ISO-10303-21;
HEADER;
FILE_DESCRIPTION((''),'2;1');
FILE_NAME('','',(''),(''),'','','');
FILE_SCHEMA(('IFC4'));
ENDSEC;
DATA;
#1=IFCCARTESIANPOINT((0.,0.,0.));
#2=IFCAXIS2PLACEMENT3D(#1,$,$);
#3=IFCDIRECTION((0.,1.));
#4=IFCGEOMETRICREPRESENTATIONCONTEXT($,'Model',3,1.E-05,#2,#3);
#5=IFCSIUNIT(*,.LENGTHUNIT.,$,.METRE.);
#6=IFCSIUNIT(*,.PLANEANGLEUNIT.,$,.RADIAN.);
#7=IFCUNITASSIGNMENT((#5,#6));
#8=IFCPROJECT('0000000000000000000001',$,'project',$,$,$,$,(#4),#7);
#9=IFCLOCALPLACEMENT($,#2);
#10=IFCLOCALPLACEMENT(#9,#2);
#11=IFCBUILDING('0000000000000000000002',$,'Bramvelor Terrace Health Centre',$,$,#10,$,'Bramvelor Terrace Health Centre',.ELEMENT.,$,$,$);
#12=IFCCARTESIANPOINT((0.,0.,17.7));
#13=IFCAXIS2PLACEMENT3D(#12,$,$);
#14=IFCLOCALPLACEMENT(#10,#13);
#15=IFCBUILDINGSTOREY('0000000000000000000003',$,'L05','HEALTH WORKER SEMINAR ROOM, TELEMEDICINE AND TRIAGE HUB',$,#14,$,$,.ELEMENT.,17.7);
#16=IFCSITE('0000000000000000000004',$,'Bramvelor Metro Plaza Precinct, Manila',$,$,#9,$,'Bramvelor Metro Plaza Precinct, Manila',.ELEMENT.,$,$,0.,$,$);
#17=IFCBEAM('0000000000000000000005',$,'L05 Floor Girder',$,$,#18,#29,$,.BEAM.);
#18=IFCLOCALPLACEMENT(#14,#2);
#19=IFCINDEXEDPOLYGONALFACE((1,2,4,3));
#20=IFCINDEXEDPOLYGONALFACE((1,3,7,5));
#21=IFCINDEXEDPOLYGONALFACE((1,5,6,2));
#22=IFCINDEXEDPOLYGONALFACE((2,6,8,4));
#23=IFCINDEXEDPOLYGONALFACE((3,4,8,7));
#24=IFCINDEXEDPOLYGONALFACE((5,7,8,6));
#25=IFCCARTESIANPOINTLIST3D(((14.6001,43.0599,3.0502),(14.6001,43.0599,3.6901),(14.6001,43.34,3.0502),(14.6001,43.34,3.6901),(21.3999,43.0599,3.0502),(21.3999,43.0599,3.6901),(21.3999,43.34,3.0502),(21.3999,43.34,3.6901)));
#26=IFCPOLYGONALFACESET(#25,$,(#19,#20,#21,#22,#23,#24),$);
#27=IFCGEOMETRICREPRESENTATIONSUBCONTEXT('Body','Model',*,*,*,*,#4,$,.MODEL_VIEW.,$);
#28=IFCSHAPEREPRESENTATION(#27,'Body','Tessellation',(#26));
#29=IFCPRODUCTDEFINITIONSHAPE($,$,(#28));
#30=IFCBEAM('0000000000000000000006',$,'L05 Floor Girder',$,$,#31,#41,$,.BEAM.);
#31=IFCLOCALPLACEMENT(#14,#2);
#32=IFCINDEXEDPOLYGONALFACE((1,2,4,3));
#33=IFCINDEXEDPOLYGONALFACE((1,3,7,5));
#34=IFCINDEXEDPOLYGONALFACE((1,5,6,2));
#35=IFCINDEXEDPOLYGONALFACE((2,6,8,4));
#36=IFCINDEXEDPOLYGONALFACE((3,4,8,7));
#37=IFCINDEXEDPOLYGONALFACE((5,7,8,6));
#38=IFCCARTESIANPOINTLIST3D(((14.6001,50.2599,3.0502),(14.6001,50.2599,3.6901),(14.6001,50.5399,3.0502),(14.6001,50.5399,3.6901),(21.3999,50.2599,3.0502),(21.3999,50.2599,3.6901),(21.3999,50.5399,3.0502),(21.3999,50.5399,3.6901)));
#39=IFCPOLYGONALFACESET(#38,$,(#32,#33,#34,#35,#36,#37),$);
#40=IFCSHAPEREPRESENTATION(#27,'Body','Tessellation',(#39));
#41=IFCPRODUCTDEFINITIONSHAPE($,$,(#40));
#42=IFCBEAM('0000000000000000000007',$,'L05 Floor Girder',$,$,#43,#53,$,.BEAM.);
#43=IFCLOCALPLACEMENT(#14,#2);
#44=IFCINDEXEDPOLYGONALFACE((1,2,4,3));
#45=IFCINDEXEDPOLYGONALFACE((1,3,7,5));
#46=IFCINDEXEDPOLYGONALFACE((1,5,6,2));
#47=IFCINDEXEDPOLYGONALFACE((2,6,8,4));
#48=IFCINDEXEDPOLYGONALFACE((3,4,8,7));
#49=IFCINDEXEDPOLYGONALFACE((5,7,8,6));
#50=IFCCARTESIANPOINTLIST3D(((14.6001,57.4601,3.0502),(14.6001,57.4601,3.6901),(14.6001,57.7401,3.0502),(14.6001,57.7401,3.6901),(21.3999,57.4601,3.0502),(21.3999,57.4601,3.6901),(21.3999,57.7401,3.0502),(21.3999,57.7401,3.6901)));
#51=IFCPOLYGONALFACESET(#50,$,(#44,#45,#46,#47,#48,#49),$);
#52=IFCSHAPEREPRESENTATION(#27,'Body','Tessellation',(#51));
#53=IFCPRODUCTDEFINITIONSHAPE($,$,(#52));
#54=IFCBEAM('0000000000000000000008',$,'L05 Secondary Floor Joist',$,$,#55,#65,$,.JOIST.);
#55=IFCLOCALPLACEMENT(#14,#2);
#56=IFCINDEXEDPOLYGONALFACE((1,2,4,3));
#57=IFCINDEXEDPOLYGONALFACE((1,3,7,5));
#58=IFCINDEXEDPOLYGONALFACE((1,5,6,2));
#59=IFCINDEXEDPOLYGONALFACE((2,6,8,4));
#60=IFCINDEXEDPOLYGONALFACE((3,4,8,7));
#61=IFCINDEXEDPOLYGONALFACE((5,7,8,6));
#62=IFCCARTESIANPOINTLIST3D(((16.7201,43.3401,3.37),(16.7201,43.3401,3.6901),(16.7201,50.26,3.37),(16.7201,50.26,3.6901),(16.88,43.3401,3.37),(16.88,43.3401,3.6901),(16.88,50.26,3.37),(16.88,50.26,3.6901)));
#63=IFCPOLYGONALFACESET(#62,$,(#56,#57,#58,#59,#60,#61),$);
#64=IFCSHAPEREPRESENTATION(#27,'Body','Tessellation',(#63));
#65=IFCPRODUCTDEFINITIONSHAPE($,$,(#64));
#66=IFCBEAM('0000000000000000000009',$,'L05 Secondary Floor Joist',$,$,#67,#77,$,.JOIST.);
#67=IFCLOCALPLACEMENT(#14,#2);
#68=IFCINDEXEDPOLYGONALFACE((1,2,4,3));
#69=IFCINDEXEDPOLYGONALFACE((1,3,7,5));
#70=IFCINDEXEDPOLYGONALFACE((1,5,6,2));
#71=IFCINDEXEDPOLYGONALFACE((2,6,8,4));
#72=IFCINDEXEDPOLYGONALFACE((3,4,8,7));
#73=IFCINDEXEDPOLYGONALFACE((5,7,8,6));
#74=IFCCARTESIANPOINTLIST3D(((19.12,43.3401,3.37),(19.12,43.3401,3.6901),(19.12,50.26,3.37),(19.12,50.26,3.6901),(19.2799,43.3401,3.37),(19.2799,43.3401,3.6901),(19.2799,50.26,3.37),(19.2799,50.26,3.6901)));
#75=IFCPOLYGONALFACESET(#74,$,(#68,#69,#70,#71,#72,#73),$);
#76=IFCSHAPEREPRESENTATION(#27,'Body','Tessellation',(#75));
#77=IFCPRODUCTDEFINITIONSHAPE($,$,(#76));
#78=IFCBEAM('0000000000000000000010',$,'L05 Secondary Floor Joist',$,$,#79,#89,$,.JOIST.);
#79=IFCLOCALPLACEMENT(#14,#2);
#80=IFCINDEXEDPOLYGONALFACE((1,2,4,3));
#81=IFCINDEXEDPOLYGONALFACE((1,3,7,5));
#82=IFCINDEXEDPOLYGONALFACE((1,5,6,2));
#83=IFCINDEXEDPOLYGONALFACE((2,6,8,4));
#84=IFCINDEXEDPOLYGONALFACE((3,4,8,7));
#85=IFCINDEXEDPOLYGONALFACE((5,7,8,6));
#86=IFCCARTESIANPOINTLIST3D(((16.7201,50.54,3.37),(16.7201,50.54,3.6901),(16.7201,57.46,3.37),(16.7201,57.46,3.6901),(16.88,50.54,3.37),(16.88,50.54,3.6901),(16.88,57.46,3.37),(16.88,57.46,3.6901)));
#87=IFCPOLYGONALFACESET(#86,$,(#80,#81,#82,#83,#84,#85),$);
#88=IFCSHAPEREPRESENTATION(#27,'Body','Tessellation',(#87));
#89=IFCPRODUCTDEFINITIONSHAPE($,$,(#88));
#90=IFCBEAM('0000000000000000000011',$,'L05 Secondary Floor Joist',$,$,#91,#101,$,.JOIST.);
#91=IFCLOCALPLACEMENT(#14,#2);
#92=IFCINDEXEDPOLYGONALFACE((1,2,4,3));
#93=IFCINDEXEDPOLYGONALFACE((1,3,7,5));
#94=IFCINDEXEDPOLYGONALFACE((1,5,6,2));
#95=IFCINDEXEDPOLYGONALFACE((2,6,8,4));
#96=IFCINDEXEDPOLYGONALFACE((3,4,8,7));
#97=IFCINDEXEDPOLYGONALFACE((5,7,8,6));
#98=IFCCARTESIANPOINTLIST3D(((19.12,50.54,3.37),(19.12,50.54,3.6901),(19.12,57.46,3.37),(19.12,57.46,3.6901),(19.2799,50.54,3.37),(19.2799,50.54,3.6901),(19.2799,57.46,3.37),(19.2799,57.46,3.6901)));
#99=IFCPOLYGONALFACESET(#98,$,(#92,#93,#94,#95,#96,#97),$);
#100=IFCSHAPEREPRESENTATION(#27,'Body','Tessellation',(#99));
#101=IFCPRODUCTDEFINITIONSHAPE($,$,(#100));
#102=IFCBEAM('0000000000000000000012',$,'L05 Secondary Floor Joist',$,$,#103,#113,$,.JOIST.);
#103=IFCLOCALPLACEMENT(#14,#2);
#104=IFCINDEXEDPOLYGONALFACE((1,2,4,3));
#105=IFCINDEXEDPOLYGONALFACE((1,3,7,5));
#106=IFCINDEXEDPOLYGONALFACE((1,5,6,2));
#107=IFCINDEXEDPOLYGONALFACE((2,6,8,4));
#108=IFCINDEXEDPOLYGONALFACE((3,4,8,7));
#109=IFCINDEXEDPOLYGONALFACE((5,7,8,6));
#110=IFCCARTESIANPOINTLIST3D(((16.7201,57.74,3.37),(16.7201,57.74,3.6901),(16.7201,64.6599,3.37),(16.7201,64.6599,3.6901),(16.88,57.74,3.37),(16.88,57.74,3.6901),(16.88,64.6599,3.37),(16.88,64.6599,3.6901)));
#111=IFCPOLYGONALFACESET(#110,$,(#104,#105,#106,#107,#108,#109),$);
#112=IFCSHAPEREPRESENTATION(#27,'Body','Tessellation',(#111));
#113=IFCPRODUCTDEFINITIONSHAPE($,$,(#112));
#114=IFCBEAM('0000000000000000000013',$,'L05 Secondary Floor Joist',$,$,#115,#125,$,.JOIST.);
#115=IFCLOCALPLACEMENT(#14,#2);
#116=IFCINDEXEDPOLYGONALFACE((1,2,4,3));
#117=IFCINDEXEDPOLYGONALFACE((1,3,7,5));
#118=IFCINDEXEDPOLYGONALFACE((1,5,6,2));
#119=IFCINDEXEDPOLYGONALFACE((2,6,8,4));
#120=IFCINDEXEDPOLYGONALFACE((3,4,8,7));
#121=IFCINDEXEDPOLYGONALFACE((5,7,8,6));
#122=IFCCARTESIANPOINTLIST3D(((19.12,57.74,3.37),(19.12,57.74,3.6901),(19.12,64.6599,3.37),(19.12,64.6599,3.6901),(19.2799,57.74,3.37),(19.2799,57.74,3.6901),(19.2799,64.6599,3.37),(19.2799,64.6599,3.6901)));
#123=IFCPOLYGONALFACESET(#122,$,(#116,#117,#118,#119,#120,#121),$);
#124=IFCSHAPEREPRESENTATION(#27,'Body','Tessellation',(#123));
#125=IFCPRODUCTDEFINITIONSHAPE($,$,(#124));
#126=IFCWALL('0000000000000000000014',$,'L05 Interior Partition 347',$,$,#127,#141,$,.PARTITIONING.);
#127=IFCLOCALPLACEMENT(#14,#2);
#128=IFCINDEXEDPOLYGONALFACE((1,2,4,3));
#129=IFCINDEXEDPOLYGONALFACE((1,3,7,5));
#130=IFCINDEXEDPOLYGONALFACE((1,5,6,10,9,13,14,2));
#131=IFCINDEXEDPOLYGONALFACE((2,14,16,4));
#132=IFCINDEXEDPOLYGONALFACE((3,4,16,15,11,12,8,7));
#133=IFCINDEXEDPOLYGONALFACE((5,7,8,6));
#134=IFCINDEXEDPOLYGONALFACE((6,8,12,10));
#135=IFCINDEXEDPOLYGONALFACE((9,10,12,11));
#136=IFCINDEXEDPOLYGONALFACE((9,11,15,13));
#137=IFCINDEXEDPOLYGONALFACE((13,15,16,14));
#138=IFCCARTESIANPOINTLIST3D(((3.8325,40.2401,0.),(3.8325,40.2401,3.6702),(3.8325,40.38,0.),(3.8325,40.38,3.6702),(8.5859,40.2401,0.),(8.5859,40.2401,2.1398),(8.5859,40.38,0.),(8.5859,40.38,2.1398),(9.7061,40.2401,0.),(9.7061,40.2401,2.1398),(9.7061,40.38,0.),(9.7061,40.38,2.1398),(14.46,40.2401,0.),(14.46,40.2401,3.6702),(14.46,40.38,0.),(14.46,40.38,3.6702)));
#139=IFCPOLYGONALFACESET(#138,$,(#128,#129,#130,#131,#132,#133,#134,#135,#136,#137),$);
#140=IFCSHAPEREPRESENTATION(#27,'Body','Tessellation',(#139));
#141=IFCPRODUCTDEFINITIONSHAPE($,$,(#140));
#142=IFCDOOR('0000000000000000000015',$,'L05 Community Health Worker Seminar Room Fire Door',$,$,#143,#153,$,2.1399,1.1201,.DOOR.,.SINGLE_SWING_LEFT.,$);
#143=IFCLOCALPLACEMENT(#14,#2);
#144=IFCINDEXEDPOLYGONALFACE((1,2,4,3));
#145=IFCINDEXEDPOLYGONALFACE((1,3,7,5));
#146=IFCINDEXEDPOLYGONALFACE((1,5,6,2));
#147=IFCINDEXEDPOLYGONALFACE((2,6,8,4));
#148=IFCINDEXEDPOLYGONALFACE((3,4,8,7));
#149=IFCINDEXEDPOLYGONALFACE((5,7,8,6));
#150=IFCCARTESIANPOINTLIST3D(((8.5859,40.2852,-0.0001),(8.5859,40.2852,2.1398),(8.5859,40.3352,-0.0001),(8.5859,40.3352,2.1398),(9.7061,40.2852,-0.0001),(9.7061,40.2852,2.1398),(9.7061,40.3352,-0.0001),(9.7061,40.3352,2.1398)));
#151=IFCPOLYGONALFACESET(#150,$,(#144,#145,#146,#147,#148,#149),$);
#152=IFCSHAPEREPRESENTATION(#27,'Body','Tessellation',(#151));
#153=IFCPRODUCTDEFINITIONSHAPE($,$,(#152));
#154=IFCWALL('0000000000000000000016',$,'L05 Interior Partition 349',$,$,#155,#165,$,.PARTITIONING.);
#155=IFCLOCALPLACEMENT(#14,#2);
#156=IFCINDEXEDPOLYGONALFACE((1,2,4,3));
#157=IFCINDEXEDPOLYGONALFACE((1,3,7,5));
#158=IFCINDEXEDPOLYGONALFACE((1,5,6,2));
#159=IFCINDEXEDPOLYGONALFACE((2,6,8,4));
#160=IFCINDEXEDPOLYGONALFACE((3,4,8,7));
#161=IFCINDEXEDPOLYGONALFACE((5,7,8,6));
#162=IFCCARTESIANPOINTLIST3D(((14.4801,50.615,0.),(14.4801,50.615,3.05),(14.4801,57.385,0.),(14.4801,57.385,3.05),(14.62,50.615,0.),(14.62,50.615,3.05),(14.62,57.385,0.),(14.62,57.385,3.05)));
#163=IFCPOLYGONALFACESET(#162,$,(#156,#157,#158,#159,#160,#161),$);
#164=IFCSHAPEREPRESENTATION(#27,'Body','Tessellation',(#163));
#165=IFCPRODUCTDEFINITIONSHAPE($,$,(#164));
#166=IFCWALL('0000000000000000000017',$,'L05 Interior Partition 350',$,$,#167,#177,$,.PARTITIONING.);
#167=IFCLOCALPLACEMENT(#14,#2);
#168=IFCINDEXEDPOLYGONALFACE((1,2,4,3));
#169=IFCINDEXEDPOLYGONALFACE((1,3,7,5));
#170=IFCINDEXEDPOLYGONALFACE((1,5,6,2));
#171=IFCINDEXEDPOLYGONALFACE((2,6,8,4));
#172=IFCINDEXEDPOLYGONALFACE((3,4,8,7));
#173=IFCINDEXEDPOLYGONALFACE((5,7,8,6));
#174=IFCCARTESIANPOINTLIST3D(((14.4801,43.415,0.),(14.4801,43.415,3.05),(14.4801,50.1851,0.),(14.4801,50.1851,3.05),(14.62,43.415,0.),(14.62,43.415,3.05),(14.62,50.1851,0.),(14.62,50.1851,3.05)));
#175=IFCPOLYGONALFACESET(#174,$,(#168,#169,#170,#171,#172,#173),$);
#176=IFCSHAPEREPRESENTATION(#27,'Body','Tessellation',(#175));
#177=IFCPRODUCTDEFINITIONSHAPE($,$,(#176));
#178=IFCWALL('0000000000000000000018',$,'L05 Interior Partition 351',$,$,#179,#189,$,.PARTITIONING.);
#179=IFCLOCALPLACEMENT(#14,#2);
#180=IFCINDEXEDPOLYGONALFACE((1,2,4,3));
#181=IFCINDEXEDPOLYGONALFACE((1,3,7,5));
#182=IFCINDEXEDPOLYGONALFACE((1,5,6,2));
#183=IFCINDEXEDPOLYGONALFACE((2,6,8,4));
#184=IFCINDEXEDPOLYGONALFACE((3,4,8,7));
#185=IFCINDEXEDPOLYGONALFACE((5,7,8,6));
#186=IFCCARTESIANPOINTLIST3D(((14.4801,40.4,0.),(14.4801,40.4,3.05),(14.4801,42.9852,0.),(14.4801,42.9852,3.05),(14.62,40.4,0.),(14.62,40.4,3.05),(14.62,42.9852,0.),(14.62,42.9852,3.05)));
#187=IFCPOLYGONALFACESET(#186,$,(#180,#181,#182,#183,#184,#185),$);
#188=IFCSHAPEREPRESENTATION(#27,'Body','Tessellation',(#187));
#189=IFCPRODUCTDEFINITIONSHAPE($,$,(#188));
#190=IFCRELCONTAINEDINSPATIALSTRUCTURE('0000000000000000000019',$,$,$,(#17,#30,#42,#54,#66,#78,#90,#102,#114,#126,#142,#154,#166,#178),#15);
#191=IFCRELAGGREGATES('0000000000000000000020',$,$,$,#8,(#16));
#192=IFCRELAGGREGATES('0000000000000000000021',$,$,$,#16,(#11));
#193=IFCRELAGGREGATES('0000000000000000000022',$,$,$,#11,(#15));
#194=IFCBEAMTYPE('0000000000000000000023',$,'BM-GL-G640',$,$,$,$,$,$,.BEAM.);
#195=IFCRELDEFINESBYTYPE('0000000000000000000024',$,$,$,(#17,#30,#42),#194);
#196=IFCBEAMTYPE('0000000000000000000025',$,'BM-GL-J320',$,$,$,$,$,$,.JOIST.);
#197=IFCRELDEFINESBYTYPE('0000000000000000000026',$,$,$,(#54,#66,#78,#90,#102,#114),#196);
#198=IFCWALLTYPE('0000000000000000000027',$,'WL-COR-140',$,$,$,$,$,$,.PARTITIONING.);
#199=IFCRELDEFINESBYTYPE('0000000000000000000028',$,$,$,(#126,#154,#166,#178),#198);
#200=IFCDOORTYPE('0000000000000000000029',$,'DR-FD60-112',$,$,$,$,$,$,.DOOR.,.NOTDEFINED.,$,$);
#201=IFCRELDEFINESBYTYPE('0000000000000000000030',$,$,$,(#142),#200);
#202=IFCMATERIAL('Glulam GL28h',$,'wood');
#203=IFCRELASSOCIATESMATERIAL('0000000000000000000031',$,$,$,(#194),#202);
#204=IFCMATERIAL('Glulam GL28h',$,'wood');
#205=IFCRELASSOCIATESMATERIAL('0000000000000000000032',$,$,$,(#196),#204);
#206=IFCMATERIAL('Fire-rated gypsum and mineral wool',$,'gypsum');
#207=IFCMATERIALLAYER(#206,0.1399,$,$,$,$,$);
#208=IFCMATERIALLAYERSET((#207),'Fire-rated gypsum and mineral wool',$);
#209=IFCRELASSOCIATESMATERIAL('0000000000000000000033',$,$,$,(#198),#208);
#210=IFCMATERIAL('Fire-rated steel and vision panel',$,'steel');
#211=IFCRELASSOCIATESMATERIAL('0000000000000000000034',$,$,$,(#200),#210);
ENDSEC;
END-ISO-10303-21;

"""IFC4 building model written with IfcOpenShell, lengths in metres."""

from ifc_helpers import new_model, si_unit, direction, frame, frame_2d, origin, origin_2d, place, context, subcontext, project, spatial, rectangle, extrude, material, layer, layer_set, material_profile, profile_set, type_object, element, fill, save


model = new_model("IFC4")

# Units and contexts
model_context = context("Model", 3, precision=1e-05, world=origin(), true_north=direction((0.0, 1.0)))
body_context = subcontext(model_context, "Body", "Model", "MODEL_VIEW")
ifc_project = project(units=[si_unit("LENGTHUNIT", "METRE"), si_unit("PLANEANGLEUNIT", "RADIAN")], contexts=[model_context])

# Site, building, storey
site_placement = place(None, origin())
site = spatial("IfcSite", under=ifc_project, at=site_placement, Name="Bramvelor Metro Plaza Precinct, Manila", LongName="Bramvelor Metro Plaza Precinct, Manila", CompositionType="ELEMENT", RefElevation=0.0)
building_placement = place(site_placement, origin())
building = spatial("IfcBuilding", under=site, at=building_placement, Name="Bramvelor Terrace Health Centre", LongName="Bramvelor Terrace Health Centre", CompositionType="ELEMENT")
storey_placement = place(building_placement, frame((0.0, 0.0, 17.7)))
storey = spatial("IfcBuildingStorey", under=building, at=storey_placement, Name="L05", Description="HEALTH WORKER SEMINAR ROOM, TELEMEDICINE AND TRIAGE HUB", CompositionType="ELEMENT", Elevation=17.7)

# Beams
ifc_material_1 = material(Name="Glulam GL28h", Category="wood")
ifc_material_profile_1 = material_profile(ifc_material_1, rectangle(XDim=0.28, YDim=0.6399, at=origin_2d()), Name="GL 280x640")
ifc_profile_set_1 = profile_set([ifc_material_profile_1], Name="Glulam GL28h")
beam_type_1 = type_object("IfcBeamType", Name="BM-GL-G640", PredefinedType="BEAM", material=ifc_profile_set_1)
for number, where, z_axis, x_axis, name in (
    (1, (14.6001, 43.2, 3.3701), (1.0, 0.0, 0.0), (0.0, 1.0, 0.0), "L05 Floor Girder"),
    (2, (14.6001, 50.3999, 3.3701), (1.0, 0.0, 0.0), (0.0, 1.0, 0.0), "L05 Floor Girder"),
    (3, (14.6001, 57.6001, 3.3701), (1.0, 0.0, 0.0), (0.0, 1.0, 0.0), "L05 Floor Girder"),
):
    element("IfcBeam", number, at=place(storey_placement, frame(where, z_axis=z_axis, x_axis=x_axis)), inside=storey, type_object=beam_type_1, Name=name, PredefinedType="BEAM", context=body_context, shape_type="SweptSolid", body=[
        extrude(rectangle(XDim=0.28, YDim=0.6399, at=origin_2d()), origin(), (0.0, 0.0, 1.0), 6.7998),
    ])
ifc_material_2 = material(Name="Glulam GL28h", Category="wood")
ifc_material_profile_2 = material_profile(ifc_material_2, rectangle(XDim=0.1599, YDim=0.3201, at=origin_2d()), Name="GL 160x320")
ifc_profile_set_2 = profile_set([ifc_material_profile_2], Name="Glulam GL28h")
beam_type_2 = type_object("IfcBeamType", Name="BM-GL-J320", PredefinedType="JOIST", material=ifc_profile_set_2)
for number, where, z_axis, x_axis, name in (
    (4, (16.8, 43.3401, 3.53), (0.0, 1.0, 0.0), (-1.0, 0.0, 0.0), "L05 Secondary Floor Joist"),
    (5, (19.2, 43.3401, 3.53), (0.0, 1.0, 0.0), (-1.0, 0.0, 0.0), "L05 Secondary Floor Joist"),
    (6, (16.8, 50.54, 3.53), (0.0, 1.0, 0.0), (-1.0, 0.0, 0.0), "L05 Secondary Floor Joist"),
    (7, (19.2, 50.54, 3.53), (0.0, 1.0, 0.0), (-1.0, 0.0, 0.0), "L05 Secondary Floor Joist"),
    (8, (16.8, 57.74, 3.53), (0.0, 1.0, 0.0), (-1.0, 0.0, 0.0), "L05 Secondary Floor Joist"),
    (9, (19.2, 57.74, 3.53), (0.0, 1.0, 0.0), (-1.0, 0.0, 0.0), "L05 Secondary Floor Joist"),
):
    element("IfcBeam", number, at=place(storey_placement, frame(where, z_axis=z_axis, x_axis=x_axis)), inside=storey, type_object=beam_type_2, Name=name, PredefinedType="JOIST", context=body_context, shape_type="SweptSolid", body=[
        extrude(rectangle(XDim=0.1599, YDim=0.3201, at=origin_2d()), origin(), (0.0, 0.0, 1.0), 6.9199),
    ])

# Wall, opening, door
ifc_material_3 = material(Name="Fire-rated gypsum and mineral wool", Category="gypsum")
ifc_layer_1 = layer(ifc_material_3, 0.1399)
ifc_layer_set_1 = layer_set([ifc_layer_1], Name="Fire-rated gypsum and mineral wool")
wall_type_1 = type_object("IfcWallType", Name="WL-COR-140", PredefinedType="PARTITIONING", material=ifc_layer_set_1)
wall_1_placement = place(storey_placement, frame((14.46, 40.3101, 0.0), z_axis=(0.0, 0.0, 1.0), x_axis=(-1.0, 0.0, 0.0)))
wall_1 = element("IfcWall", 10, at=wall_1_placement, inside=storey, type_object=wall_type_1, Name="L05 Interior Partition 347", PredefinedType="PARTITIONING", context=body_context, shape_type="SweptSolid", body=[
    extrude(rectangle(XDim=10.6274, YDim=0.1399, at=frame_2d((5.3137, 0.0))), origin(), (0.0, 0.0, 1.0), 3.6702),
])
opening_1_placement = place(wall_1_placement, frame((4.7539, 0.0, 0.0)))
opening_1 = element("IfcOpeningElement", 11, at=opening_1_placement, cuts=wall_1, PredefinedType="OPENING", context=body_context, shape_type="SweptSolid", body=[
    extrude(rectangle(XDim=1.1201, YDim=2.1399, at=frame_2d((0.5601, 1.0698))), frame((0.0, 0.0798, 0.0), z_axis=(0.0, -1.0, 0.0), x_axis=(1.0, 0.0, 0.0)), (0.0, 0.0, 1.0), 0.1599),
])
ifc_material_4 = material(Name="Fire-rated steel and vision panel", Category="steel")
door_type_1 = type_object("IfcDoorType", Name="DR-FD60-112", OperationType="NOTDEFINED", PredefinedType="DOOR", material=ifc_material_4)
door_1_placement = place(opening_1_placement, origin())
door_1 = element("IfcDoor", 12, at=door_1_placement, inside=storey, type_object=door_type_1, Name="L05 Community Health Worker Seminar Room Fire Door", OperationType="SINGLE_SWING_LEFT", OverallHeight=2.1399, OverallWidth=1.1201, PredefinedType="DOOR", context=body_context, shape_type="SweptSolid", body=[
    extrude(rectangle(XDim=1.1201, YDim=2.1399, at=frame_2d((0.5601, 1.0698))), frame((0.0, 0.0249, 0.0), z_axis=(0.0, -1.0, 0.0), x_axis=(1.0, 0.0, 0.0)), (0.0, 0.0, 1.0), 0.05),
])
fill(opening_1, door_1)

# Walls
for number, where, z_axis, x_axis, name in (
    (13, (14.55, 57.385, 0.0), (0.0, 0.0, 1.0), (0.0, -1.0, 0.0), "L05 Interior Partition 349"),
    (14, (14.55, 50.1851, 0.0), (0.0, 0.0, 1.0), (0.0, -1.0, 0.0), "L05 Interior Partition 350"),
):
    element("IfcWall", number, at=place(storey_placement, frame(where, z_axis=z_axis, x_axis=x_axis)), inside=storey, type_object=wall_type_1, Name=name, PredefinedType="PARTITIONING", context=body_context, shape_type="SweptSolid", body=[
        extrude(rectangle(XDim=6.77, YDim=0.1399, at=frame_2d((3.385, 0.0))), origin(), (0.0, 0.0, 1.0), 3.05),
    ])
wall_2_placement = place(storey_placement, frame((14.55, 42.9851, 0.0), z_axis=(0.0, 0.0, 1.0), x_axis=(0.0, -1.0, 0.0)))
element("IfcWall", 15, at=wall_2_placement, inside=storey, type_object=wall_type_1, Name="L05 Interior Partition 351", PredefinedType="PARTITIONING", context=body_context, shape_type="SweptSolid", body=[
    extrude(rectangle(XDim=2.5852, YDim=0.1399, at=frame_2d((1.2925, 0.0))), origin(), (0.0, 0.0, 1.0), 3.05),
])

save(model, "model.ifc")
